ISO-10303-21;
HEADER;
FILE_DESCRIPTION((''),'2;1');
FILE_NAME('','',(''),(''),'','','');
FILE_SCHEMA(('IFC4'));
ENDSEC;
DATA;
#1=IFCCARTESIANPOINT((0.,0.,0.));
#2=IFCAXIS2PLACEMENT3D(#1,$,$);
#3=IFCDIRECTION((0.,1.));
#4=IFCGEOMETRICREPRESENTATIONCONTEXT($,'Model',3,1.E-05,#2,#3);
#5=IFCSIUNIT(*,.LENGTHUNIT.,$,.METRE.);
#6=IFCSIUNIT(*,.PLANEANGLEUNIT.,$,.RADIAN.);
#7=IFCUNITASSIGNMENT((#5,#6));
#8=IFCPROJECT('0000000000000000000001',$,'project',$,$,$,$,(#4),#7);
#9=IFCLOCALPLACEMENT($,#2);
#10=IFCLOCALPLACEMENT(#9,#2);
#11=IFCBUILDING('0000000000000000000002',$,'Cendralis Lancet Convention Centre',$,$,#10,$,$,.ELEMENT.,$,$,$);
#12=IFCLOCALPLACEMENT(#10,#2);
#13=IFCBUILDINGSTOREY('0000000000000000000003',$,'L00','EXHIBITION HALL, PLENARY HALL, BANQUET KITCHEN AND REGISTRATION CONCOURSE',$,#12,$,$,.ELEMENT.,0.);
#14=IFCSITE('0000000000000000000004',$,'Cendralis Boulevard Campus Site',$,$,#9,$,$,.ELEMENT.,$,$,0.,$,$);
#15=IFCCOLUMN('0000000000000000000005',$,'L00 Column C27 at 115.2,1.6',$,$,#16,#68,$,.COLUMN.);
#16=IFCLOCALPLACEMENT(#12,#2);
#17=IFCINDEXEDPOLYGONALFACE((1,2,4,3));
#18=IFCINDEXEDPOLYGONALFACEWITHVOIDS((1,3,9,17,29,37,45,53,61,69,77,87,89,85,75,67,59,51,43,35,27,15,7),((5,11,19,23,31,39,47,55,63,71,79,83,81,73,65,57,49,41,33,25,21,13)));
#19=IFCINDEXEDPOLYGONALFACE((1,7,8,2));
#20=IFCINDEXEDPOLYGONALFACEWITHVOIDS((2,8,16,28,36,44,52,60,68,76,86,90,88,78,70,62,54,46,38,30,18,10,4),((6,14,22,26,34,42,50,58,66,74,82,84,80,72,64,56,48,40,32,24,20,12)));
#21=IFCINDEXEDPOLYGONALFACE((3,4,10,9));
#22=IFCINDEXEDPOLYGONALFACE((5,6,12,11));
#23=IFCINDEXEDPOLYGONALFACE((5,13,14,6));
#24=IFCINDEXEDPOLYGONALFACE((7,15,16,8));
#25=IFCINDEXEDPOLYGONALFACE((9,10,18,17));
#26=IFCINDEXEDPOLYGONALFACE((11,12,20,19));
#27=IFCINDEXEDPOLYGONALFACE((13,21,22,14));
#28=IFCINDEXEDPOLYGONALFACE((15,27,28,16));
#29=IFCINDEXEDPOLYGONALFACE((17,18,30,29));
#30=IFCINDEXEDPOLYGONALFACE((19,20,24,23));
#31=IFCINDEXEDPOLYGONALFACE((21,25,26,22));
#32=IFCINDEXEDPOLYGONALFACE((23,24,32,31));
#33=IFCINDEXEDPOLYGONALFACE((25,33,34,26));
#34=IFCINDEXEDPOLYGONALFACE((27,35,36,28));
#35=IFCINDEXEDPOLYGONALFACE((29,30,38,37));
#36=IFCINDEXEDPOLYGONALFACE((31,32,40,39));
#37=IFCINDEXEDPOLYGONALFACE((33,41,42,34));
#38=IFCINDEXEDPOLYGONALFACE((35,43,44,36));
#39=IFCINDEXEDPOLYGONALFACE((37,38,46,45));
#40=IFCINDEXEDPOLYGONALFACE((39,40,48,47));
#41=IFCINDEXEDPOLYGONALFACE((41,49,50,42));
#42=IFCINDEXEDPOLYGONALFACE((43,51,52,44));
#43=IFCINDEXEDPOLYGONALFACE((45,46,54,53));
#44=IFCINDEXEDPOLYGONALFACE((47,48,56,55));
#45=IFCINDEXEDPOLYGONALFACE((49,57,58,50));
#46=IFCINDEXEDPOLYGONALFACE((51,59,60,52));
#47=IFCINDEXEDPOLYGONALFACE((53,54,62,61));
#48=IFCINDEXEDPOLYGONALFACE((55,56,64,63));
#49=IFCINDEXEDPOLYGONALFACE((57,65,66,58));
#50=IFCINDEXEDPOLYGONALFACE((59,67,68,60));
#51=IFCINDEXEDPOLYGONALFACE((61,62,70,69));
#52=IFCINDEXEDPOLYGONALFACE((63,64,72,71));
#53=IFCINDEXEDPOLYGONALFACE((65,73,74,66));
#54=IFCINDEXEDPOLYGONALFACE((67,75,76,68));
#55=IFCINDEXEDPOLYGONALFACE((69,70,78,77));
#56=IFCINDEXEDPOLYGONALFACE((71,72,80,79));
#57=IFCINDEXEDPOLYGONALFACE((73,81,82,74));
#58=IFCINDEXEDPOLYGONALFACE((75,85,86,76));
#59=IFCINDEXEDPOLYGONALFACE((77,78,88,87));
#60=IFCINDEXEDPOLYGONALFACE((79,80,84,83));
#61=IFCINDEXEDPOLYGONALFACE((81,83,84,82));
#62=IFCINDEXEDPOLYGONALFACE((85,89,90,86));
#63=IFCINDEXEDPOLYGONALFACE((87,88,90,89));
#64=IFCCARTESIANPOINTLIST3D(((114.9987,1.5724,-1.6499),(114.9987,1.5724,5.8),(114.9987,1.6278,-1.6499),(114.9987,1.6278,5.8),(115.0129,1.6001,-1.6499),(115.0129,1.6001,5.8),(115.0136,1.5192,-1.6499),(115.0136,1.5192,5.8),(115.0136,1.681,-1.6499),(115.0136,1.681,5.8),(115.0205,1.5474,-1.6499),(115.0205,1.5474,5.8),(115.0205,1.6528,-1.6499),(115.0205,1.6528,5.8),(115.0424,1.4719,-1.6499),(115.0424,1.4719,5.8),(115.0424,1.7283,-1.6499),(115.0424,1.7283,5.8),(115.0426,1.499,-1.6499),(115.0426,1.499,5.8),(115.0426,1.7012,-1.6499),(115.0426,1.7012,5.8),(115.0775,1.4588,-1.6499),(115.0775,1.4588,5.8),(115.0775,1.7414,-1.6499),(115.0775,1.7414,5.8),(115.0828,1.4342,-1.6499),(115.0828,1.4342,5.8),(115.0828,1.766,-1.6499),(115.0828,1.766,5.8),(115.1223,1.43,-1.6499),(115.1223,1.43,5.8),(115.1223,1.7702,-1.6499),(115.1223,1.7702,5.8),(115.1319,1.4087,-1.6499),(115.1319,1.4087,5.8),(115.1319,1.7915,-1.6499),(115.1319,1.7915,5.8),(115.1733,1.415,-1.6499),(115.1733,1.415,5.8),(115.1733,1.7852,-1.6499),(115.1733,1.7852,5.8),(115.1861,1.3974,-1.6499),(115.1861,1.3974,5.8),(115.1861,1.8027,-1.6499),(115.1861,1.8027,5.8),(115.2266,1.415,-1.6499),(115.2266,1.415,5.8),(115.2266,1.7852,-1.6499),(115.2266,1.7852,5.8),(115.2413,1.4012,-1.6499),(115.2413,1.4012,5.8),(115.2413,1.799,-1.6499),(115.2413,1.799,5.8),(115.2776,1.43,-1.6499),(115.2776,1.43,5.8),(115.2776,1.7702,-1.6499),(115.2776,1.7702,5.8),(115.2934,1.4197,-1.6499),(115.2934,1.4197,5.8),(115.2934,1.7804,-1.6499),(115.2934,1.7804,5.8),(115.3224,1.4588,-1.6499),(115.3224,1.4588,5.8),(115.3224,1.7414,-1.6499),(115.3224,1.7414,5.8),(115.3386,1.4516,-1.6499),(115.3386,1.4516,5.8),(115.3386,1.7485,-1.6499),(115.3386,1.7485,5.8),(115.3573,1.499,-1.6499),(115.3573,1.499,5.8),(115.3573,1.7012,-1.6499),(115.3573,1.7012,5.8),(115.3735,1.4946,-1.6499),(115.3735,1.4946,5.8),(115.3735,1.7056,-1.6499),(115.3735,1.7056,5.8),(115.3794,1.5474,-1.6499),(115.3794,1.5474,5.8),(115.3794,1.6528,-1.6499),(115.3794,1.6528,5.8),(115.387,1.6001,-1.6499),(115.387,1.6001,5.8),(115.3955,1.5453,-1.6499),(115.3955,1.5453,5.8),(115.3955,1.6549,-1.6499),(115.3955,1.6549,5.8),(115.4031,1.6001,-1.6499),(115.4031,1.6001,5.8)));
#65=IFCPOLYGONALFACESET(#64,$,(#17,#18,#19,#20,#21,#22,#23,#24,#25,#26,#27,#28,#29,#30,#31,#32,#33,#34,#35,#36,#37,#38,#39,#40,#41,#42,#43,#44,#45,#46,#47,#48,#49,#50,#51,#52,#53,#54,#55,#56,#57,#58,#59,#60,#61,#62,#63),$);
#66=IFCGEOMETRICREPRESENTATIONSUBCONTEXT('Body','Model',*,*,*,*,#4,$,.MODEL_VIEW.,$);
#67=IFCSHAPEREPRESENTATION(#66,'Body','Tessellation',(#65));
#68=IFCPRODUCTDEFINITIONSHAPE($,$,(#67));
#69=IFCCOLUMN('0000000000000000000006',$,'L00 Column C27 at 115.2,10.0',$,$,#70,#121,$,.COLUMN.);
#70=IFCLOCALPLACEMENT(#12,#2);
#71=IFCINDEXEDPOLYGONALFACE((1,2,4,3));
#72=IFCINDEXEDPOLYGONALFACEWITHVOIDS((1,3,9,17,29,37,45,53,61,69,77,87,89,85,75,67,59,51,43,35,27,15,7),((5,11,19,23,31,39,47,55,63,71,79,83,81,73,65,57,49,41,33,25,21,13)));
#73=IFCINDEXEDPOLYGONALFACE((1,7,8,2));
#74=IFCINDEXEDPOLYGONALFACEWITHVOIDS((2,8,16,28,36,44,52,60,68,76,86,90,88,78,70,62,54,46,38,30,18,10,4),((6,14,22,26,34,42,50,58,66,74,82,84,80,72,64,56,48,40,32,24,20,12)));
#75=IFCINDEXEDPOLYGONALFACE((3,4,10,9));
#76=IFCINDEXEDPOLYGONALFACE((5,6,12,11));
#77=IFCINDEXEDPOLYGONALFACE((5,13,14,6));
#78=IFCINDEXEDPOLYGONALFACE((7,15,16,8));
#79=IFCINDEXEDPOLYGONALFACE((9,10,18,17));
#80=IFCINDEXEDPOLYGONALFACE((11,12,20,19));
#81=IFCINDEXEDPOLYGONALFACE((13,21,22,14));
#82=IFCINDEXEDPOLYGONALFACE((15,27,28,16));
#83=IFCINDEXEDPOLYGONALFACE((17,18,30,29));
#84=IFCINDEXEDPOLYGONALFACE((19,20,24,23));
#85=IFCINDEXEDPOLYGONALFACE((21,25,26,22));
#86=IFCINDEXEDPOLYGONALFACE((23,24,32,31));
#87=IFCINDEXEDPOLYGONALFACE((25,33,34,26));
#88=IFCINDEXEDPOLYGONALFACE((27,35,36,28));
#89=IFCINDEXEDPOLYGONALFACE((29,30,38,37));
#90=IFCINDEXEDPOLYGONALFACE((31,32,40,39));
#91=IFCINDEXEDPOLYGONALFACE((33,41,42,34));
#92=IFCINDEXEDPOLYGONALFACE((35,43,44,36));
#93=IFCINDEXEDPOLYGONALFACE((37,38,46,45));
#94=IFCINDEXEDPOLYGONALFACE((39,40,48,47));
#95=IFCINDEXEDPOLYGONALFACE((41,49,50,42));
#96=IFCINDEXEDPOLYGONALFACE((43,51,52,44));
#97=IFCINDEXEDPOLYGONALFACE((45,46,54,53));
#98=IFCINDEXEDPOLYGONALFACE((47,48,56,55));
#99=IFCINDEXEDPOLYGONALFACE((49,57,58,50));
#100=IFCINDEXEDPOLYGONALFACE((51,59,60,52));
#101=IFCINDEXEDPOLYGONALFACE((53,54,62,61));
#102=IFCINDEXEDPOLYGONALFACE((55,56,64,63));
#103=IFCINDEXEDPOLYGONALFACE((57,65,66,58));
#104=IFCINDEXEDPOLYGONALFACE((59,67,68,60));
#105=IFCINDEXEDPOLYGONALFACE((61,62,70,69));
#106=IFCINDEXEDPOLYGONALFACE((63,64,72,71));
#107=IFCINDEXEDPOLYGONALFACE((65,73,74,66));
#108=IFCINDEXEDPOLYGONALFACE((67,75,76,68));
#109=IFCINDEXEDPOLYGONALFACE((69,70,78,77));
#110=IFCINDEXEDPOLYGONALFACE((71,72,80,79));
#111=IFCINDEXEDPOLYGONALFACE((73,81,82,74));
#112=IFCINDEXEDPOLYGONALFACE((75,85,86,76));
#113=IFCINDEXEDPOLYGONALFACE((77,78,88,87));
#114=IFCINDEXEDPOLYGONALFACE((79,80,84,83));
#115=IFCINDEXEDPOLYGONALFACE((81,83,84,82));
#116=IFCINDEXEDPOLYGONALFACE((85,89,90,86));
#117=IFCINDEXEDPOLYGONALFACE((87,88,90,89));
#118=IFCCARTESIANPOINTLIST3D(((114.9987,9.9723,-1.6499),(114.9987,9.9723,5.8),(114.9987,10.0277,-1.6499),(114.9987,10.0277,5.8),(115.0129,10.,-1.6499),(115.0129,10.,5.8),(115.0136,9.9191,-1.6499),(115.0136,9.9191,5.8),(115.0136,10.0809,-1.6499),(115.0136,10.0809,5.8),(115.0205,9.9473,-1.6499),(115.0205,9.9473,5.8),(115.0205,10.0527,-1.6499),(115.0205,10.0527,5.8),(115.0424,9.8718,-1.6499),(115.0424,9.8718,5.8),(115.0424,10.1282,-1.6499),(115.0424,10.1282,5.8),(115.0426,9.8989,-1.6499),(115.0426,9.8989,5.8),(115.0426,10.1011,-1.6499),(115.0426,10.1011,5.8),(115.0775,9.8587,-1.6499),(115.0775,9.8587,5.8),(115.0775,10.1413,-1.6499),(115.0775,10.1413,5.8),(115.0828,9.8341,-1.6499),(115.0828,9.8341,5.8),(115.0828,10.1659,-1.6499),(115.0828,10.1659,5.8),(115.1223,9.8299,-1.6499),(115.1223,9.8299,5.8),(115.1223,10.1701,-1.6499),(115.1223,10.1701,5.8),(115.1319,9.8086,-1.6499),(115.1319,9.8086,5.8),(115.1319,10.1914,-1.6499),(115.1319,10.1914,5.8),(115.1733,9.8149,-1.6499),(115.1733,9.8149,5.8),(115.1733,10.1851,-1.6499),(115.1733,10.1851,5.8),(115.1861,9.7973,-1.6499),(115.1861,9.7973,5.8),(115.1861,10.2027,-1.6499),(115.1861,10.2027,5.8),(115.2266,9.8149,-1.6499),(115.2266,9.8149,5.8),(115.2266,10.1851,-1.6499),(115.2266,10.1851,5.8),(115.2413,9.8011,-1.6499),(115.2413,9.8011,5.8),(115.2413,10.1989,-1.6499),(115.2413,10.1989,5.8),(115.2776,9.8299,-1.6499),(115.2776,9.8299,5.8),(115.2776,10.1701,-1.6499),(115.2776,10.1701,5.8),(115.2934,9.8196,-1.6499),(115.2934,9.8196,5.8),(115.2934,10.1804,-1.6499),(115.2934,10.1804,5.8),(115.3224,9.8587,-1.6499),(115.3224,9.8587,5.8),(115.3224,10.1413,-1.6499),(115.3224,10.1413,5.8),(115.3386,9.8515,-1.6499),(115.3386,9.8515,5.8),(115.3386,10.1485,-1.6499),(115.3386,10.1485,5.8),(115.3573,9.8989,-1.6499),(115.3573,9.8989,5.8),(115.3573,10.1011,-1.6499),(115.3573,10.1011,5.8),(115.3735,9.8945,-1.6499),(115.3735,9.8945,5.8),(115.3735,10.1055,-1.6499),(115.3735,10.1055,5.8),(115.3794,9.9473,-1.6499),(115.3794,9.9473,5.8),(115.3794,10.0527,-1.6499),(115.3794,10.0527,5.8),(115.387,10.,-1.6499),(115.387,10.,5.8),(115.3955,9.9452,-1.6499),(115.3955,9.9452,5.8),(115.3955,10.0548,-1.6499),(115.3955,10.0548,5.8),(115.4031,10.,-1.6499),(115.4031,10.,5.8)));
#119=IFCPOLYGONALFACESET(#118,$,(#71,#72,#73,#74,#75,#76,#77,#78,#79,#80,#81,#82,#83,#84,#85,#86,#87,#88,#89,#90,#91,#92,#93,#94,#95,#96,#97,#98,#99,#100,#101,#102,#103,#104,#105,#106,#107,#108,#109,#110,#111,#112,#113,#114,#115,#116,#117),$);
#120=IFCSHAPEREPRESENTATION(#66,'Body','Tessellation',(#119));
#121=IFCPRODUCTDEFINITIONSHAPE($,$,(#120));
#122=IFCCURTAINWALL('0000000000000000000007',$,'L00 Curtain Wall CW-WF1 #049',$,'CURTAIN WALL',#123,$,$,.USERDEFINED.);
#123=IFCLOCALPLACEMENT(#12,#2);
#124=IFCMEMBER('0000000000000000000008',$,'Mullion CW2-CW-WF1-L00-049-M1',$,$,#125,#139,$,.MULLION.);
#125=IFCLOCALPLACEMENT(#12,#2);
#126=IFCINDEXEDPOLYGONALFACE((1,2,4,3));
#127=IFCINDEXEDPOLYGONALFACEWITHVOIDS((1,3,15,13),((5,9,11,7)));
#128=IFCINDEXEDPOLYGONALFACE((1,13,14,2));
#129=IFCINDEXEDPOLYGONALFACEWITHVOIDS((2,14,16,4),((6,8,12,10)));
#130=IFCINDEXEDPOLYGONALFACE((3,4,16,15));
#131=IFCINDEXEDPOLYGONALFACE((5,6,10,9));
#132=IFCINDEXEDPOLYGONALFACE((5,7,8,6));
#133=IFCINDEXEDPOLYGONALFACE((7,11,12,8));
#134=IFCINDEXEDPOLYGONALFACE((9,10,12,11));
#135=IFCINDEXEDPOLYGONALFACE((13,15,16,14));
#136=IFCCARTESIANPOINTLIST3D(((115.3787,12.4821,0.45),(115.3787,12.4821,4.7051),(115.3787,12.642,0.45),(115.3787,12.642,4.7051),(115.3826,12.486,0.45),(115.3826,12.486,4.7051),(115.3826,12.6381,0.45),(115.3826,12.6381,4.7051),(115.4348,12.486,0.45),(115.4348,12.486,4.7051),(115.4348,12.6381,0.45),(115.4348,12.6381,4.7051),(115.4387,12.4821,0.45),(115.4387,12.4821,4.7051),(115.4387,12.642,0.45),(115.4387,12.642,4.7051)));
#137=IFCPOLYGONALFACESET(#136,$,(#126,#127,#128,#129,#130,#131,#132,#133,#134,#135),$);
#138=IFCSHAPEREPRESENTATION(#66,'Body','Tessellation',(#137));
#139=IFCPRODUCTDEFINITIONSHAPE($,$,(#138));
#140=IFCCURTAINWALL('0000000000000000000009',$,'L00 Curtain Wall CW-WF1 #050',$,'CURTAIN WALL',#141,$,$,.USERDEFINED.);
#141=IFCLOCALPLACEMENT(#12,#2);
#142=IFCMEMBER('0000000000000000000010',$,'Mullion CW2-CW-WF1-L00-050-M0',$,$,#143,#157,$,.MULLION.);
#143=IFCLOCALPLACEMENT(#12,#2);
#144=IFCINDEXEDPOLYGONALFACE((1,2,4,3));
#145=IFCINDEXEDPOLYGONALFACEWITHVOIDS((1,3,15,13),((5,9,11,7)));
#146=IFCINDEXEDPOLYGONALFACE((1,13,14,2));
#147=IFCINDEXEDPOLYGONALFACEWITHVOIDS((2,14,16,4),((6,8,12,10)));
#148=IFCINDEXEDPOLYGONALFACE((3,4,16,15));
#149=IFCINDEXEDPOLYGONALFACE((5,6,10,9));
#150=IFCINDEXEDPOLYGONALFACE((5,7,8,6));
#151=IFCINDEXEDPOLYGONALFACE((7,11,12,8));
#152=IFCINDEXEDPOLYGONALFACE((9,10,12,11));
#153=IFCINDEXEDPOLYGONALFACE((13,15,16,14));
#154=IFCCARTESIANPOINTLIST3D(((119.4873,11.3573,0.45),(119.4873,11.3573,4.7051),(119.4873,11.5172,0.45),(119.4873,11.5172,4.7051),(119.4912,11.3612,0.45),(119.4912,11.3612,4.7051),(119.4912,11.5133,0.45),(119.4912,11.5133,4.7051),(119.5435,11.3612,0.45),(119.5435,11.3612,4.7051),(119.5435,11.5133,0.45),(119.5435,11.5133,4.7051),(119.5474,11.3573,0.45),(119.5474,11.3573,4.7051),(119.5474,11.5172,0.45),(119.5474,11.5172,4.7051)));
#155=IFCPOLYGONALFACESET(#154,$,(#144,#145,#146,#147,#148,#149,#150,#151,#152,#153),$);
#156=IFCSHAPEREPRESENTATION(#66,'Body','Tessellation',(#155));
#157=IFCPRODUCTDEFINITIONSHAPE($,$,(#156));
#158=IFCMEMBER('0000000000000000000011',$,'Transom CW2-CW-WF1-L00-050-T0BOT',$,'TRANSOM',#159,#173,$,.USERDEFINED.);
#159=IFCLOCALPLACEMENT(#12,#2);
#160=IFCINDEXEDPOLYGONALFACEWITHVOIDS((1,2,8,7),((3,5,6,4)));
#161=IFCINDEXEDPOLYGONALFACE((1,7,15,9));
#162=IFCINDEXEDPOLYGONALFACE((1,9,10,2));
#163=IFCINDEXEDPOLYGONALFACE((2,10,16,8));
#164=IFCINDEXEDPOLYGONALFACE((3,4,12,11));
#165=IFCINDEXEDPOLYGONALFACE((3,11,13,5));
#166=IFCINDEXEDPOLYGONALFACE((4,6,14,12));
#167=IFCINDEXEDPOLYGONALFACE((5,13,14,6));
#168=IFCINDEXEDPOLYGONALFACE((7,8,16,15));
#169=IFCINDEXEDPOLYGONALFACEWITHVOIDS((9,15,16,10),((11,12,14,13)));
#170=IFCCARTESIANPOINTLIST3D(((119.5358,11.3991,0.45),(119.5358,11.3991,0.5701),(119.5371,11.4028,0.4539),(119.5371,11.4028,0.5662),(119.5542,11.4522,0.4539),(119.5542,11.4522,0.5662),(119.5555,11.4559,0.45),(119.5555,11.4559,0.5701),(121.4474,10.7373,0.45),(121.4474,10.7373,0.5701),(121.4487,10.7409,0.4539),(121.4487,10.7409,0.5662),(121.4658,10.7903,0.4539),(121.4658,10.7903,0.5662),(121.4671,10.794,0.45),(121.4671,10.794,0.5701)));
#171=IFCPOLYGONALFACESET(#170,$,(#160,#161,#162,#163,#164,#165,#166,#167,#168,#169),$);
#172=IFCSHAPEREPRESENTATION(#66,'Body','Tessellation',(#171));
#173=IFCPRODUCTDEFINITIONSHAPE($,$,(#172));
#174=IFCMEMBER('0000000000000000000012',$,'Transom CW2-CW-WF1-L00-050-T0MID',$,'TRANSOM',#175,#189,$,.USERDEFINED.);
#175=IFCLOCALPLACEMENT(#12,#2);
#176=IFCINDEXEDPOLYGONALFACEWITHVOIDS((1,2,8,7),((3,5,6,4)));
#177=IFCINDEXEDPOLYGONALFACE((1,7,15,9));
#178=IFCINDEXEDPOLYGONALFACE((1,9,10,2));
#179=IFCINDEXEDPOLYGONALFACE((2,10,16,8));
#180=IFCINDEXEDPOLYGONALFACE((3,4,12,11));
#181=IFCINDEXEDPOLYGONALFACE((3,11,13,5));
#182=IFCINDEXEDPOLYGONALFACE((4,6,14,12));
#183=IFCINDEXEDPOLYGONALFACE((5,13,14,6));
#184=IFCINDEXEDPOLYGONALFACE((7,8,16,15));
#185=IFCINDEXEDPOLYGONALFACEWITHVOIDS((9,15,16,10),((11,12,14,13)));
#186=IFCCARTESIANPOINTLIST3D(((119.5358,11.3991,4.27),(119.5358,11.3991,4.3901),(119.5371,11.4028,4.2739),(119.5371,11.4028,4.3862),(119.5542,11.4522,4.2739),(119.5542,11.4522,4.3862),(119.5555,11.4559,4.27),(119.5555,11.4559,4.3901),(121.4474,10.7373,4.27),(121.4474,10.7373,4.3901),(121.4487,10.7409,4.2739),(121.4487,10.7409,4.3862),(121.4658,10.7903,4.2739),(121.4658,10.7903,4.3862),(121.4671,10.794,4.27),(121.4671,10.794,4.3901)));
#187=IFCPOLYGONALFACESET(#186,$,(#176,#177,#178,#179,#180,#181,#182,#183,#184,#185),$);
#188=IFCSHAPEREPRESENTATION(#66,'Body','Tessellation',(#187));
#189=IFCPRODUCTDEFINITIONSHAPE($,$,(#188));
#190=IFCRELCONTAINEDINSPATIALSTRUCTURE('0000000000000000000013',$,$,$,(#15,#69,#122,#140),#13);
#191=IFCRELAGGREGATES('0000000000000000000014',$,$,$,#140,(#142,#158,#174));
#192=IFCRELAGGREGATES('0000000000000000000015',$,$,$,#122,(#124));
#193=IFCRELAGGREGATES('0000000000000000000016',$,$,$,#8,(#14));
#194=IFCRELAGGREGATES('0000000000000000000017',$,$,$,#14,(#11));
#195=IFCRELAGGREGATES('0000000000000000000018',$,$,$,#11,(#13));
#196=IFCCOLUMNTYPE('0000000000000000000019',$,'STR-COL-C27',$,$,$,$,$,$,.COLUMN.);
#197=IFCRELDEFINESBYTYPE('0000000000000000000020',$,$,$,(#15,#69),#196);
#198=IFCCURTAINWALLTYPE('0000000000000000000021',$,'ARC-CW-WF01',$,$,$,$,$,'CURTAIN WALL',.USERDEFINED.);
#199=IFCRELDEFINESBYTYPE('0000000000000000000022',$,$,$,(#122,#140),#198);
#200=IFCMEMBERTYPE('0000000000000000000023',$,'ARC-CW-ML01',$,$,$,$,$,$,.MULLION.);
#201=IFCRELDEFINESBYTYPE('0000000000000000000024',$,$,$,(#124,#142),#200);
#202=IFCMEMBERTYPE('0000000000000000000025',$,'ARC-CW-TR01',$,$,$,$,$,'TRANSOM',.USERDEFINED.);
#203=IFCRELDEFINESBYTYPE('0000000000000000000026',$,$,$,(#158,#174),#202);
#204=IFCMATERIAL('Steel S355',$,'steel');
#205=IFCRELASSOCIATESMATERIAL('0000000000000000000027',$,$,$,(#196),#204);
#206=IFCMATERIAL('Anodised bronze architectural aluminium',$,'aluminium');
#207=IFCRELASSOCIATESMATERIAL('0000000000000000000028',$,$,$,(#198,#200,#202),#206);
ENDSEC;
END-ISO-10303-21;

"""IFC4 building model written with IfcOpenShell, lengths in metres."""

from ifc_helpers import new_model, si_unit, direction, frame, origin, origin_2d, place, context, subcontext, project, spatial, hollow_rectangle, hollow_circle, extrude, material, material_profile, profile_set, type_object, element, aggregate, save


model = new_model("IFC4")

# Units and contexts
model_context = context("Model", 3, precision=1e-05, world=origin(), true_north=direction((0.0, 1.0)))
body_context = subcontext(model_context, "Body", "Model", "MODEL_VIEW")
ifc_project = project(units=[si_unit("LENGTHUNIT", "METRE"), si_unit("PLANEANGLEUNIT", "RADIAN")], contexts=[model_context])

# Site, building, storey
site_placement = place(None, origin())
site = spatial("IfcSite", under=ifc_project, at=site_placement, Name="Cendralis Boulevard Campus Site", CompositionType="ELEMENT", RefElevation=0.0)
building_placement = place(site_placement, origin())
building = spatial("IfcBuilding", under=site, at=building_placement, Name="Cendralis Lancet Convention Centre", CompositionType="ELEMENT")
storey_placement = place(building_placement, origin())
storey = spatial("IfcBuildingStorey", under=building, at=storey_placement, Name="L00", Description="EXHIBITION HALL, PLENARY HALL, BANQUET KITCHEN AND REGISTRATION CONCOURSE", CompositionType="ELEMENT", Elevation=0.0)

# Columns
ifc_material_1 = material(Name="Steel S355", Category="steel")
ifc_material_profile_1 = material_profile(ifc_material_1, hollow_circle(Radius=0.2031, WallThickness=0.0161, at=origin_2d()), Name="CHS 406.4x16.0")
ifc_profile_set_1 = profile_set([ifc_material_profile_1], Name="Steel S355")
column_type = type_object("IfcColumnType", Name="STR-COL-C27", PredefinedType="COLUMN", material=ifc_profile_set_1)
for number, where, z_axis, x_axis, name in (
    (1, (115.2, 1.6001, -1.6499), (0.0, 0.0, 1.0), (1.0, 0.0, 0.0), "L00 Column C27 at 115.2,1.6"),
    (2, (115.2, 10.0, -1.6499), (0.0, 0.0, 1.0), (1.0, 0.0, 0.0), "L00 Column C27 at 115.2,10.0"),
):
    element("IfcColumn", number, at=place(storey_placement, frame(where, z_axis=z_axis, x_axis=x_axis)), inside=storey, type_object=column_type, Name=name, PredefinedType="COLUMN", context=body_context, shape_type="SweptSolid", body=[
        extrude(hollow_circle(Radius=0.2031, WallThickness=0.0161, at=origin_2d()), origin(), (0.0, 0.0, 1.0), 7.45),
    ])

# Curtain wall, member
ifc_material_2 = material(Name="Anodised bronze architectural aluminium", Category="aluminium")
curtain_wall_type = type_object("IfcCurtainWallType", Name="ARC-CW-WF01", ElementType="CURTAIN WALL", PredefinedType="USERDEFINED", material=ifc_material_2)
curtain_wall_1_placement = place(storey_placement, origin())
curtain_wall_1 = element("IfcCurtainWall", 3, at=curtain_wall_1_placement, inside=storey, type_object=curtain_wall_type, Name="L00 Curtain Wall CW-WF1 #049", ObjectType="CURTAIN WALL", PredefinedType="USERDEFINED")
ifc_material_profile_2 = material_profile(ifc_material_2, hollow_rectangle(XDim=0.0601, YDim=0.1599, WallThickness=0.0039, at=origin_2d()), Name="AL-MULL 60x160x4.0")
ifc_profile_set_2 = profile_set([ifc_material_profile_2], Name="Anodised bronze architectural aluminium")
member_type_1 = type_object("IfcMemberType", Name="ARC-CW-ML01", PredefinedType="MULLION", material=ifc_profile_set_2)
member_1_placement = place(storey_placement, frame((115.4087, 12.562, 0.45), z_axis=(0.0, 0.0, 1.0), x_axis=(1.0, 0.0, 0.0)))
member_1 = element("IfcMember", 4, at=member_1_placement, type_object=member_type_1, Name="Mullion CW2-CW-WF1-L00-049-M1", PredefinedType="MULLION", context=body_context, shape_type="SweptSolid", body=[
    extrude(hollow_rectangle(XDim=0.0601, YDim=0.1599, WallThickness=0.0039, at=origin_2d()), origin(), (0.0, 0.0, 1.0), 4.2551),
])

# Curtain wall, members
curtain_wall_2_placement = place(storey_placement, origin())
curtain_wall_2 = element("IfcCurtainWall", 5, at=curtain_wall_2_placement, inside=storey, type_object=curtain_wall_type, Name="L00 Curtain Wall CW-WF1 #050", ObjectType="CURTAIN WALL", PredefinedType="USERDEFINED")
member_2_placement = place(storey_placement, frame((119.5173, 11.4373, 0.45), z_axis=(0.0, 0.0, 1.0), x_axis=(1.0, 0.0, 0.0)))
member_2 = element("IfcMember", 6, at=member_2_placement, type_object=member_type_1, Name="Mullion CW2-CW-WF1-L00-050-M0", PredefinedType="MULLION", context=body_context, shape_type="SweptSolid", body=[
    extrude(hollow_rectangle(XDim=0.0601, YDim=0.1599, WallThickness=0.0039, at=origin_2d()), origin(), (0.0, 0.0, 1.0), 4.2551),
])
ifc_material_profile_3 = material_profile(ifc_material_2, hollow_rectangle(XDim=0.0601, YDim=0.1201, WallThickness=0.0039, at=origin_2d()), Name="AL-TRAN 60x120x4.0")
ifc_profile_set_3 = profile_set([ifc_material_profile_3], Name="Anodised bronze architectural aluminium")
member_type_2 = type_object("IfcMemberType", Name="ARC-CW-TR01", ElementType="TRANSOM", PredefinedType="USERDEFINED", material=ifc_profile_set_3)
member_3_placement = place(storey_placement, frame((119.5457, 11.4275, 0.51), z_axis=(0.944963, -0.327177, 0.0), x_axis=(0.327177, 0.944963, 0.0)))
member_3 = element("IfcMember", 7, at=member_3_placement, type_object=member_type_2, Name="Transom CW2-CW-WF1-L00-050-T0BOT", ObjectType="TRANSOM", PredefinedType="USERDEFINED", context=body_context, shape_type="SweptSolid", body=[
    extrude(hollow_rectangle(XDim=0.0601, YDim=0.1201, WallThickness=0.0039, at=origin_2d()), origin(), (0.0, 0.0, 1.0), 2.0229),
])
member_4_placement = place(storey_placement, frame((119.5457, 11.4275, 4.3301), z_axis=(0.944963, -0.327177, 0.0), x_axis=(0.327177, 0.944963, 0.0)))
member_4 = element("IfcMember", 8, at=member_4_placement, type_object=member_type_2, Name="Transom CW2-CW-WF1-L00-050-T0MID", ObjectType="TRANSOM", PredefinedType="USERDEFINED", context=body_context, shape_type="SweptSolid", body=[
    extrude(hollow_rectangle(XDim=0.0601, YDim=0.1201, WallThickness=0.0039, at=origin_2d()), origin(), (0.0, 0.0, 1.0), 2.0229),
])
aggregate(curtain_wall_2, [member_2, member_3, member_4])

aggregate(curtain_wall_1, [member_1])

save(model, "model.ifc")
